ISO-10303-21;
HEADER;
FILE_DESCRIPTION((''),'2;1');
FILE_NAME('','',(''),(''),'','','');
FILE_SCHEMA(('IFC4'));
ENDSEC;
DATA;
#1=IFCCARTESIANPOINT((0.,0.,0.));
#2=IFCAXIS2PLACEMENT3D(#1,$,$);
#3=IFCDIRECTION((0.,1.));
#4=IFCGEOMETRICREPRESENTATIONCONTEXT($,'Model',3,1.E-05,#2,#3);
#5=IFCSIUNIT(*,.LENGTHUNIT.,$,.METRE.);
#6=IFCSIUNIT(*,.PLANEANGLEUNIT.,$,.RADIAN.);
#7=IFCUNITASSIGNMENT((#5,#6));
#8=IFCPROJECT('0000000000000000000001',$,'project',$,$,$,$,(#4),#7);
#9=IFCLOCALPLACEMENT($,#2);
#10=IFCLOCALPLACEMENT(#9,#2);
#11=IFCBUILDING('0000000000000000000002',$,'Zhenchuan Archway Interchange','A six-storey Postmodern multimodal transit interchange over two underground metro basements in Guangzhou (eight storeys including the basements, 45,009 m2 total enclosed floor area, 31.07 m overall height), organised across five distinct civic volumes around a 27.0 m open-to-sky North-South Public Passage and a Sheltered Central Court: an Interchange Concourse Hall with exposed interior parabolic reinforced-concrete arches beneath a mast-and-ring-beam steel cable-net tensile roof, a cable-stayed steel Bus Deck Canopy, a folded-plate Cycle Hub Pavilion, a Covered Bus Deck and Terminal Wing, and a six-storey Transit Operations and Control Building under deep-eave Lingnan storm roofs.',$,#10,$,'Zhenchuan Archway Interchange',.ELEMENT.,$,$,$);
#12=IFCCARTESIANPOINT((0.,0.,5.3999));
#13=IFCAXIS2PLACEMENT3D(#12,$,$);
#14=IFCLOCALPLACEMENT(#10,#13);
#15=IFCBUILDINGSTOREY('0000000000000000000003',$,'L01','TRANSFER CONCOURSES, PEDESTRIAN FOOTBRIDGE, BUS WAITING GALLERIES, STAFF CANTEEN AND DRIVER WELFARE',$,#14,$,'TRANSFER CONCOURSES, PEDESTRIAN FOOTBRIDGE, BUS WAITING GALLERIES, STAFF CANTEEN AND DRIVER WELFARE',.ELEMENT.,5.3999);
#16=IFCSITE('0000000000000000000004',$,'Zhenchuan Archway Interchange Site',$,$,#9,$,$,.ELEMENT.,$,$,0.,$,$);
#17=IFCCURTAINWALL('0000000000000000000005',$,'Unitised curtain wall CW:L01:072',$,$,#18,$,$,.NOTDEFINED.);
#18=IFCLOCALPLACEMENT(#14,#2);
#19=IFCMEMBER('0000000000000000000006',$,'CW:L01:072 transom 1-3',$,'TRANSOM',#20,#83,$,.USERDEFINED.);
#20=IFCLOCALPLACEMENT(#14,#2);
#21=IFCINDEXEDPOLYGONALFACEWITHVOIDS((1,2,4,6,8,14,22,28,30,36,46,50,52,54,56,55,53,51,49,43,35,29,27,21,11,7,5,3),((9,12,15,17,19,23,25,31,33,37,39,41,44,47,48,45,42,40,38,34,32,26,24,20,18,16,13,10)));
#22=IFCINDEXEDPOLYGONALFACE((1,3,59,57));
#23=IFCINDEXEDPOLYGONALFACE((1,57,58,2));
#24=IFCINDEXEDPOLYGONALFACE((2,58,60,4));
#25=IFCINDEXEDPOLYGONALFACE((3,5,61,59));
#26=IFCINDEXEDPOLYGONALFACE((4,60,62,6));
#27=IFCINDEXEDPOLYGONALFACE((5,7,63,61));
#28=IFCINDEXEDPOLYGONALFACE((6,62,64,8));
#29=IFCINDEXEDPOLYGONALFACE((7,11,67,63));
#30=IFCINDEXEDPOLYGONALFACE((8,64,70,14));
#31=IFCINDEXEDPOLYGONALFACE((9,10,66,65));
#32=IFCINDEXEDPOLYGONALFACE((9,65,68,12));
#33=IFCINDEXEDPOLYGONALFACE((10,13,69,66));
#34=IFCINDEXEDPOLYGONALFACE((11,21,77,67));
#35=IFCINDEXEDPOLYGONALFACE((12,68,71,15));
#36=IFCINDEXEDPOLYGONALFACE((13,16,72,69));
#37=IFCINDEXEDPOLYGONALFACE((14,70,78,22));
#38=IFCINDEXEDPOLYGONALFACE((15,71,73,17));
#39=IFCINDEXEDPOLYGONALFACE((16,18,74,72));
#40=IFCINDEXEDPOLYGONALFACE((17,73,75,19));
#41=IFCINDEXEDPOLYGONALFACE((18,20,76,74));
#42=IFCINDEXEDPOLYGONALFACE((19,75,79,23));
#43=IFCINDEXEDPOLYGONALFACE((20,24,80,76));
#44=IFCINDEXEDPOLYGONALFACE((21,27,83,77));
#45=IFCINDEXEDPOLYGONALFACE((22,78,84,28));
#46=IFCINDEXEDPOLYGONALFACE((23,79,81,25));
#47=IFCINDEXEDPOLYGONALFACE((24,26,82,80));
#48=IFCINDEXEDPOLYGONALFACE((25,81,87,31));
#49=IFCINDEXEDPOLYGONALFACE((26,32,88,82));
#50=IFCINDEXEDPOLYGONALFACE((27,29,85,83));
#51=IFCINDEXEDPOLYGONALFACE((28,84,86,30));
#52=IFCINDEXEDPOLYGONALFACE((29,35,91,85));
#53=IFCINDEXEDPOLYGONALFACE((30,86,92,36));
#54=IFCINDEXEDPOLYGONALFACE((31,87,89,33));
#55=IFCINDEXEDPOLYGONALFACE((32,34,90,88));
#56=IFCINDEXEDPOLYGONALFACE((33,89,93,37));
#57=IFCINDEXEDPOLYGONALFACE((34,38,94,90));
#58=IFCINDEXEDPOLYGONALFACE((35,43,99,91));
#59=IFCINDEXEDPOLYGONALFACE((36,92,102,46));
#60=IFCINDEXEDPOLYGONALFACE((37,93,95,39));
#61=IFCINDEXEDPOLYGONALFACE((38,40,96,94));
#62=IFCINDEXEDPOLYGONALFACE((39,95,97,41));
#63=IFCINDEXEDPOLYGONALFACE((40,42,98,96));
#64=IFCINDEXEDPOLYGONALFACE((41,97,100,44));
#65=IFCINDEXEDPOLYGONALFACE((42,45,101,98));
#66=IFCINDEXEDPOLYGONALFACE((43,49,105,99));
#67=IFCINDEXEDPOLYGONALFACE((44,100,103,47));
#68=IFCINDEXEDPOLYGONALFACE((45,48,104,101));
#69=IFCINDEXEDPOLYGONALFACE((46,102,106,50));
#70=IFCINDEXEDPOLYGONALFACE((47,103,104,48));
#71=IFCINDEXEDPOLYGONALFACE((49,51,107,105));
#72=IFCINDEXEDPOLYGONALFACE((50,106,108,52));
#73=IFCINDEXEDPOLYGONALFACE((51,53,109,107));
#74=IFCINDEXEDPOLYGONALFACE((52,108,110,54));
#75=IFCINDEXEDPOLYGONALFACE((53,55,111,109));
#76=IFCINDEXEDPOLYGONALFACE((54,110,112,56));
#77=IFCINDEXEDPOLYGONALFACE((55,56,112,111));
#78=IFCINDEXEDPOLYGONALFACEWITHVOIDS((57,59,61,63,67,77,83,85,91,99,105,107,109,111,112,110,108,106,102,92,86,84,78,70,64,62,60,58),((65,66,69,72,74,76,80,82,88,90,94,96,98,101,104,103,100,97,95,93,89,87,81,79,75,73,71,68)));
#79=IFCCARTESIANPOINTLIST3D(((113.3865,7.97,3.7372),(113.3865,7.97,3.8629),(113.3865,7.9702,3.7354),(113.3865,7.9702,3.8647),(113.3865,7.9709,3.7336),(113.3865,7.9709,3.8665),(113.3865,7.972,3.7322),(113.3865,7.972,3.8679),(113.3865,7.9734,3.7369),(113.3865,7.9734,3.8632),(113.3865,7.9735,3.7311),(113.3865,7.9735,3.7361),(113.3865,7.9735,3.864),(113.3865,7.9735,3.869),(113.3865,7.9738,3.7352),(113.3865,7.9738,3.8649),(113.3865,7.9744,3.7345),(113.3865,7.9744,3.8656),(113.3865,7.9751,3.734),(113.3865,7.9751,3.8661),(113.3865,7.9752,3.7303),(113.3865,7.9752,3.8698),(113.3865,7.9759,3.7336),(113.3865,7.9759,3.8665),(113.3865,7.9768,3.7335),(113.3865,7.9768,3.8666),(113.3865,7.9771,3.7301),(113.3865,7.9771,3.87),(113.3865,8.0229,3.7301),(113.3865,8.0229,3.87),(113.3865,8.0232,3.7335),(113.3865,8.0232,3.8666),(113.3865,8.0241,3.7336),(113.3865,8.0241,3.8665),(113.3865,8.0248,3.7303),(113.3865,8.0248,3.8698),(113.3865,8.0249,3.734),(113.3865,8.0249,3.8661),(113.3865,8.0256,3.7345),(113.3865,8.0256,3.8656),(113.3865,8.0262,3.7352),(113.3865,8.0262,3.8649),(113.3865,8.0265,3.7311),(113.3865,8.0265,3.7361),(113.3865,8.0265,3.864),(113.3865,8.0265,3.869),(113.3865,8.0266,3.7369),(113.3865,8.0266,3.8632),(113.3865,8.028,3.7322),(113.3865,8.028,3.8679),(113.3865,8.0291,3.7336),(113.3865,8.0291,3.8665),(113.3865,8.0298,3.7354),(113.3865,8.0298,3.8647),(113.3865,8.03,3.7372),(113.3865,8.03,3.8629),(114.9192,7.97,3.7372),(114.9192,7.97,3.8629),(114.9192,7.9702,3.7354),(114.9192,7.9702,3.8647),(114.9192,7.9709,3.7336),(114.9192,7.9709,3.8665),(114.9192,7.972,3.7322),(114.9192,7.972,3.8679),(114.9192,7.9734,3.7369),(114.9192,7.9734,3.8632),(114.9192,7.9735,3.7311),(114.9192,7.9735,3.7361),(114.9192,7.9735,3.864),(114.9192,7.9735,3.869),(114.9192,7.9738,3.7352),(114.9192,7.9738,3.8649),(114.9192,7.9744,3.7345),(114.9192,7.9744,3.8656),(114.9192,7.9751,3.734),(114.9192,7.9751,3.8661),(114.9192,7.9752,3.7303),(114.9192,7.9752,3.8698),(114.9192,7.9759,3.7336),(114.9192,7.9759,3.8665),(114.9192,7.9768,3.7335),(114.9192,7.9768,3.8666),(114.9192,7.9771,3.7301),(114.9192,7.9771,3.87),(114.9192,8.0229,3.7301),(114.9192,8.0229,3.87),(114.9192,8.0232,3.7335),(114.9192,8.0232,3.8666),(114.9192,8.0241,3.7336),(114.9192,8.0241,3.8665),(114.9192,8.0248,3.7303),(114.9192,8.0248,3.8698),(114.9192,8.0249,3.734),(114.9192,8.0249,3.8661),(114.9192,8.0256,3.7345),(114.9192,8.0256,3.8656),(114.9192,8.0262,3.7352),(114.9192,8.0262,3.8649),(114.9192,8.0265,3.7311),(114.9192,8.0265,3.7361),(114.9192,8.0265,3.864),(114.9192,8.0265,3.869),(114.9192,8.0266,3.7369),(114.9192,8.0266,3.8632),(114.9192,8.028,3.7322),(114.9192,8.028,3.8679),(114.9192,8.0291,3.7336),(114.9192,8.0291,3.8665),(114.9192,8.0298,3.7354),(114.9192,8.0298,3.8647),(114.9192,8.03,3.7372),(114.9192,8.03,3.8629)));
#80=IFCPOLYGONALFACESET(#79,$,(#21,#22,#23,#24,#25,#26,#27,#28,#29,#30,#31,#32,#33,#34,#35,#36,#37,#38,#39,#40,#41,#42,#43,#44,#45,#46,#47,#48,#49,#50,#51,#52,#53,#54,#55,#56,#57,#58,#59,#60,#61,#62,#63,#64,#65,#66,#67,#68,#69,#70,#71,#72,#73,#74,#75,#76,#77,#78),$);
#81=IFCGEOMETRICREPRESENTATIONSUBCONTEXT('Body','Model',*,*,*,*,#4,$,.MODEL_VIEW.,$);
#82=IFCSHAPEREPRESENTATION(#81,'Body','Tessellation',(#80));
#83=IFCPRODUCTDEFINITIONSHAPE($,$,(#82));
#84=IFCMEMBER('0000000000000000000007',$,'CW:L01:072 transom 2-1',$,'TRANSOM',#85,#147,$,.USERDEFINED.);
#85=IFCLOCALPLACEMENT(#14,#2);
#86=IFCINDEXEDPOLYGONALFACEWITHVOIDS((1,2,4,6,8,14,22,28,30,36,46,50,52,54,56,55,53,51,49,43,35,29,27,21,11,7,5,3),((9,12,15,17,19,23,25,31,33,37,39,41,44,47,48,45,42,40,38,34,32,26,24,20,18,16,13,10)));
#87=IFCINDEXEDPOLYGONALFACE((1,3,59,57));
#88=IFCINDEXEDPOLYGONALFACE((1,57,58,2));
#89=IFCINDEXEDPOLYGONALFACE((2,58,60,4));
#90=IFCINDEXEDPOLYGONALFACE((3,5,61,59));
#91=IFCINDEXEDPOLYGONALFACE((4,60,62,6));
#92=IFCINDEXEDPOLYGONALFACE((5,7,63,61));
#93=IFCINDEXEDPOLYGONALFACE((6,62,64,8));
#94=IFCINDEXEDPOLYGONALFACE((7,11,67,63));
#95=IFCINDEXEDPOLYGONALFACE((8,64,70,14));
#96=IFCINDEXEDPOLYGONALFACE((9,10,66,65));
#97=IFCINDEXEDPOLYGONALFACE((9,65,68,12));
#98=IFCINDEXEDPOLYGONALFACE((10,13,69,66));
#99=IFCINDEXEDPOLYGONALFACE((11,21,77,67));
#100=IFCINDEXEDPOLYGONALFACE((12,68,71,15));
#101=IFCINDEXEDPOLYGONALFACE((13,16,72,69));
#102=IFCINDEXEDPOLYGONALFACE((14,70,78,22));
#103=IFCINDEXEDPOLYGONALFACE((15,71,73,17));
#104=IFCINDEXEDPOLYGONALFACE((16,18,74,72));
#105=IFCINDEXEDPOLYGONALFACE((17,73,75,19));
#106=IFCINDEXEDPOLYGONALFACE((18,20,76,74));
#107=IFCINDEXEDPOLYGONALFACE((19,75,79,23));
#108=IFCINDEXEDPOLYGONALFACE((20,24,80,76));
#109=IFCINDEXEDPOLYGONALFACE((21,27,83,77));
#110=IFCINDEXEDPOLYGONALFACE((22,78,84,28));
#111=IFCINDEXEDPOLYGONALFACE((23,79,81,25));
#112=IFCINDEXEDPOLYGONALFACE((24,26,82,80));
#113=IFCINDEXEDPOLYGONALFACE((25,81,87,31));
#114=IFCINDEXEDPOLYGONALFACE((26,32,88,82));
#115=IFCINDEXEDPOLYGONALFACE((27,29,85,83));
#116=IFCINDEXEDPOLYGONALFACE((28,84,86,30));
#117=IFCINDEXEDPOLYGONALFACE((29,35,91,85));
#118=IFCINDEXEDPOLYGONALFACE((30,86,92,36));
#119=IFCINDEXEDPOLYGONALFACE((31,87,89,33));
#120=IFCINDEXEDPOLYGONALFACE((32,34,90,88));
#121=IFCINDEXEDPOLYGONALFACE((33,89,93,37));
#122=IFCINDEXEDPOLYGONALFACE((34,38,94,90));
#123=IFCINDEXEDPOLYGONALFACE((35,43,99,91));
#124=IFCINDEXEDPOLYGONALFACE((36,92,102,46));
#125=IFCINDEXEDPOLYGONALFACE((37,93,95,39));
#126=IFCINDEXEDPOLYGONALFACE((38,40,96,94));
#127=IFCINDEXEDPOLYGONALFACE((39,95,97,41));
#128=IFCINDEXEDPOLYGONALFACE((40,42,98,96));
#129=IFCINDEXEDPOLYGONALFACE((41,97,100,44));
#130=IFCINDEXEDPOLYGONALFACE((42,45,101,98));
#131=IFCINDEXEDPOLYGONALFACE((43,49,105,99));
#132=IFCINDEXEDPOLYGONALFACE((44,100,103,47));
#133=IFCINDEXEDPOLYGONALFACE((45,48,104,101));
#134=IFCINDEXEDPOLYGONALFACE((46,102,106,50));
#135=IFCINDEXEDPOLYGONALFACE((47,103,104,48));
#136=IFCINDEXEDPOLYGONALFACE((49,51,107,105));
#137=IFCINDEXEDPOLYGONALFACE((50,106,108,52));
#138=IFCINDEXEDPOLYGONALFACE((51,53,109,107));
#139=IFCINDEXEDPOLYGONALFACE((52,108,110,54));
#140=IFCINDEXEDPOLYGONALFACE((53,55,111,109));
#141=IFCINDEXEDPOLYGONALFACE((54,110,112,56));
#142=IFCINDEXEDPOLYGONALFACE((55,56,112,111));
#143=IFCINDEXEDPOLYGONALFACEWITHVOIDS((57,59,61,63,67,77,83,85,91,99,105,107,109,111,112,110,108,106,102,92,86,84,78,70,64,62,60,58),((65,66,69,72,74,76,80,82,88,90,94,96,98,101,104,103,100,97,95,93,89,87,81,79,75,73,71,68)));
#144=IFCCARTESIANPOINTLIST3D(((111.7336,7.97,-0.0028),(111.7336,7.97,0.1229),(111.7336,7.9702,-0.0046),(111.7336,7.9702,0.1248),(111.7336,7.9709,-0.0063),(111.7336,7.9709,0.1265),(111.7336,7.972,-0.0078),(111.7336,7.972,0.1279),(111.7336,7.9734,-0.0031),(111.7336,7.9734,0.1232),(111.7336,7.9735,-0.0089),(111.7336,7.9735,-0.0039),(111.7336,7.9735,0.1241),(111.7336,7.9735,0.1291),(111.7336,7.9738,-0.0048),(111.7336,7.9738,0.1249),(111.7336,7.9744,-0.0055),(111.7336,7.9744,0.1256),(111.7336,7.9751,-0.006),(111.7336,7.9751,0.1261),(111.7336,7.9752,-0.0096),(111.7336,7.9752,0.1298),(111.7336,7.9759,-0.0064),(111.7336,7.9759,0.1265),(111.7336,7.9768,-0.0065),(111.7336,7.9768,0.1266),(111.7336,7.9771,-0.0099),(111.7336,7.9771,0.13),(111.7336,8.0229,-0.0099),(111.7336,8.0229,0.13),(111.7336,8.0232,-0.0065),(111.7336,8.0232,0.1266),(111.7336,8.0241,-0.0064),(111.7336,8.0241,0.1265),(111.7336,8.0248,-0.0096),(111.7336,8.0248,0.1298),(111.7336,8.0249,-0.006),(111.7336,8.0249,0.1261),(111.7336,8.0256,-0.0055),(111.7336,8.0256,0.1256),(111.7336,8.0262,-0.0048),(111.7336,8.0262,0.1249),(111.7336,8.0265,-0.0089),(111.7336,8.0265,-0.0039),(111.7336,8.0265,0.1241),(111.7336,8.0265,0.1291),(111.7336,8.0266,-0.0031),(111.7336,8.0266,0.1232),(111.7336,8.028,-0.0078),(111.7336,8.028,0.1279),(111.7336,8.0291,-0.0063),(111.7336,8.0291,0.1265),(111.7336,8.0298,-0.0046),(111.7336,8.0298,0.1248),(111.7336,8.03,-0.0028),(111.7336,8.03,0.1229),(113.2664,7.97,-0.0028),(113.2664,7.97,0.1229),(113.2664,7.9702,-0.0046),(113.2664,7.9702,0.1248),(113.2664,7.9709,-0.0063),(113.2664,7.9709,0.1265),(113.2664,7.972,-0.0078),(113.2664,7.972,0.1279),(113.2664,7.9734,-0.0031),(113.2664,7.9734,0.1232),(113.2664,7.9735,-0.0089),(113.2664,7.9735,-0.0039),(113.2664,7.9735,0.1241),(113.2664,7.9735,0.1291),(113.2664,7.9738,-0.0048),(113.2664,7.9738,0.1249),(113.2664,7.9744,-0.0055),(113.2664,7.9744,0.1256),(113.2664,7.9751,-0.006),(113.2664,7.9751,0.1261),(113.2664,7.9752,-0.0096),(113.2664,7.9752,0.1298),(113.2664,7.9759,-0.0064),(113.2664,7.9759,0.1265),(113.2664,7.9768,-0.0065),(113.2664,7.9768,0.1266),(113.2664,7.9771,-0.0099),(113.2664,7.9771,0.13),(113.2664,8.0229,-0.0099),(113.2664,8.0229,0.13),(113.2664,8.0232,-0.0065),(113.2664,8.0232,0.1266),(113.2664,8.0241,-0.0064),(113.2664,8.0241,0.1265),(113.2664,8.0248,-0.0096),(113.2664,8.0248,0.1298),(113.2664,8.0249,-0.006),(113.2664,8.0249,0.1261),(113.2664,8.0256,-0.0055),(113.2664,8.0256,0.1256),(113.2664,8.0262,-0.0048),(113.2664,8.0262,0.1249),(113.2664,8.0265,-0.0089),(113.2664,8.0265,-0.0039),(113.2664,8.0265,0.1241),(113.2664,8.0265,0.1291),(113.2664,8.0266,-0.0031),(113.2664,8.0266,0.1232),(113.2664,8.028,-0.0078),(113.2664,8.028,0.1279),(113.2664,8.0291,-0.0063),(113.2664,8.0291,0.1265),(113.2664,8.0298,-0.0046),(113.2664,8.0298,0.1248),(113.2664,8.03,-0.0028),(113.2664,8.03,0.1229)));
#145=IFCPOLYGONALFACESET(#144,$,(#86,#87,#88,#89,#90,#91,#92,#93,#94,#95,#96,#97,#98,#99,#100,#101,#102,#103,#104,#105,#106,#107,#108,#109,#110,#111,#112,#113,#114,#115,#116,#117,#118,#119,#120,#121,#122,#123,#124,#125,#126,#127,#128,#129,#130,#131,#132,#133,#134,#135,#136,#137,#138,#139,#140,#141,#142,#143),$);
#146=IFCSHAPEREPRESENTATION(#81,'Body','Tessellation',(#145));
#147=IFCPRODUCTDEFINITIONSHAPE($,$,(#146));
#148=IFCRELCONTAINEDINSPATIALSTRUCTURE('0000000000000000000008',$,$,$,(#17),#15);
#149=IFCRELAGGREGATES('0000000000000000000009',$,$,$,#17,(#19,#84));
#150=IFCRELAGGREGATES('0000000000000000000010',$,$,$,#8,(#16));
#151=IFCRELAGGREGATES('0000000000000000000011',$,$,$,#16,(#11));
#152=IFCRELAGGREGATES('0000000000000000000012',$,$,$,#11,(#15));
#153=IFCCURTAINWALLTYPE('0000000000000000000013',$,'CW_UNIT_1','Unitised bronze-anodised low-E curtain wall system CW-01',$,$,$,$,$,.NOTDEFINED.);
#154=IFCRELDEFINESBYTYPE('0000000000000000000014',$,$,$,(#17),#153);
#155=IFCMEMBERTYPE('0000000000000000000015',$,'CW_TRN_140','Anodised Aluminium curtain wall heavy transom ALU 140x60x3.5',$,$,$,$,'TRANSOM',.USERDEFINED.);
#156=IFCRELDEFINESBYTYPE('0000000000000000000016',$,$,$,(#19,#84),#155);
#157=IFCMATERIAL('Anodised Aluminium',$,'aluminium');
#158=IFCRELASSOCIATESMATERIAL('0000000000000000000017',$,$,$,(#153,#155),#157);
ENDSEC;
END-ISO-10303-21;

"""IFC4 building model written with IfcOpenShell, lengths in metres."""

from ifc_helpers import new_model, si_unit, direction, frame, origin, origin_2d, place, context, subcontext, project, spatial, hollow_rectangle, extrude, material, material_profile, profile_set, type_object, element, aggregate, save


model = new_model("IFC4")

# Units and contexts
model_context = context("Model", 3, precision=1e-05, world=origin(), true_north=direction((0.0, 1.0)))
body_context = subcontext(model_context, "Body", "Model", "MODEL_VIEW")
ifc_project = project(units=[si_unit("LENGTHUNIT", "METRE"), si_unit("PLANEANGLEUNIT", "RADIAN")], contexts=[model_context])

# Site, building, storey
site_placement = place(None, origin())
site = spatial("IfcSite", under=ifc_project, at=site_placement, Name="Zhenchuan Archway Interchange Site", CompositionType="ELEMENT", RefElevation=0.0)
building_placement = place(site_placement, origin())
building = spatial("IfcBuilding", under=site, at=building_placement, Name="Zhenchuan Archway Interchange", Description="A six-storey Postmodern multimodal transit interchange over two underground metro basements in Guangzhou (eight storeys including the basements, 45,009 m2 total enclosed floor area, 31.07 m overall height), organised across five distinct civic volumes around a 27.0 m open-to-sky North-South Public Passage and a Sheltered Central Court: an Interchange Concourse Hall with exposed interior parabolic reinforced-concrete arches beneath a mast-and-ring-beam steel cable-net tensile roof, a cable-stayed steel Bus Deck Canopy, a folded-plate Cycle Hub Pavilion, a Covered Bus Deck and Terminal Wing, and a six-storey Transit Operations and Control Building under deep-eave Lingnan storm roofs.", LongName="Zhenchuan Archway Interchange", CompositionType="ELEMENT")
storey_placement = place(building_placement, frame((0.0, 0.0, 5.3999)))
storey = spatial("IfcBuildingStorey", under=building, at=storey_placement, Name="L01", Description="TRANSFER CONCOURSES, PEDESTRIAN FOOTBRIDGE, BUS WAITING GALLERIES, STAFF CANTEEN AND DRIVER WELFARE", LongName="TRANSFER CONCOURSES, PEDESTRIAN FOOTBRIDGE, BUS WAITING GALLERIES, STAFF CANTEEN AND DRIVER WELFARE", CompositionType="ELEMENT", Elevation=5.3999)

# Curtain wall, members
ifc_material_1 = material(Name="Anodised Aluminium", Category="aluminium")
curtain_wall_type = type_object("IfcCurtainWallType", Name="CW_UNIT_1", Description="Unitised bronze-anodised low-E curtain wall system CW-01", PredefinedType="NOTDEFINED", material=ifc_material_1)
curtain_wall_placement = place(storey_placement, origin())
curtain_wall = element("IfcCurtainWall", 1, at=curtain_wall_placement, inside=storey, type_object=curtain_wall_type, Name="Unitised curtain wall CW:L01:072", PredefinedType="NOTDEFINED")
ifc_material_profile_1 = material_profile(ifc_material_1, hollow_rectangle(XDim=0.0601, YDim=0.1399, WallThickness=0.0034, InnerFilletRadius=0.0034, OuterFilletRadius=0.0071, at=origin_2d()), Name="ALU 140x60x3.5")
ifc_profile_set_1 = profile_set([ifc_material_profile_1], Name="Anodised Aluminium")
member_type_1 = type_object("IfcMemberType", Name="CW_TRN_140", Description="Anodised Aluminium curtain wall heavy transom ALU 140x60x3.5", ElementType="TRANSOM", PredefinedType="USERDEFINED", material=ifc_profile_set_1)
member_1_placement = place(storey_placement, frame((114.9192, 8.0, 3.8), z_axis=(-1.0, 0.0, 0.0), x_axis=(0.0, -1.0, 0.0)))
member_1 = element("IfcMember", 2, at=member_1_placement, type_object=member_type_1, Name="CW:L01:072 transom 1-3", ObjectType="TRANSOM", PredefinedType="USERDEFINED", context=body_context, shape_type="SweptSolid", body=[
    extrude(hollow_rectangle(XDim=0.0601, YDim=0.1399, WallThickness=0.0034, InnerFilletRadius=0.0034, OuterFilletRadius=0.0071, at=origin_2d()), origin(), (0.0, 0.0, 1.0), 1.5327),
])
member_2_placement = place(storey_placement, frame((113.2664, 8.0, 0.0601), z_axis=(-1.0, 0.0, 0.0), x_axis=(0.0, -1.0, 0.0)))
member_2 = element("IfcMember", 3, at=member_2_placement, type_object=member_type_1, Name="CW:L01:072 transom 2-1", ObjectType="TRANSOM", PredefinedType="USERDEFINED", context=body_context, shape_type="SweptSolid", body=[
    extrude(hollow_rectangle(XDim=0.0601, YDim=0.1399, WallThickness=0.0034, InnerFilletRadius=0.0034, OuterFilletRadius=0.0071, at=origin_2d()), origin(), (0.0, 0.0, 1.0), 1.5327),
])

aggregate(curtain_wall, [member_1, member_2])

save(model, "model.ifc")
